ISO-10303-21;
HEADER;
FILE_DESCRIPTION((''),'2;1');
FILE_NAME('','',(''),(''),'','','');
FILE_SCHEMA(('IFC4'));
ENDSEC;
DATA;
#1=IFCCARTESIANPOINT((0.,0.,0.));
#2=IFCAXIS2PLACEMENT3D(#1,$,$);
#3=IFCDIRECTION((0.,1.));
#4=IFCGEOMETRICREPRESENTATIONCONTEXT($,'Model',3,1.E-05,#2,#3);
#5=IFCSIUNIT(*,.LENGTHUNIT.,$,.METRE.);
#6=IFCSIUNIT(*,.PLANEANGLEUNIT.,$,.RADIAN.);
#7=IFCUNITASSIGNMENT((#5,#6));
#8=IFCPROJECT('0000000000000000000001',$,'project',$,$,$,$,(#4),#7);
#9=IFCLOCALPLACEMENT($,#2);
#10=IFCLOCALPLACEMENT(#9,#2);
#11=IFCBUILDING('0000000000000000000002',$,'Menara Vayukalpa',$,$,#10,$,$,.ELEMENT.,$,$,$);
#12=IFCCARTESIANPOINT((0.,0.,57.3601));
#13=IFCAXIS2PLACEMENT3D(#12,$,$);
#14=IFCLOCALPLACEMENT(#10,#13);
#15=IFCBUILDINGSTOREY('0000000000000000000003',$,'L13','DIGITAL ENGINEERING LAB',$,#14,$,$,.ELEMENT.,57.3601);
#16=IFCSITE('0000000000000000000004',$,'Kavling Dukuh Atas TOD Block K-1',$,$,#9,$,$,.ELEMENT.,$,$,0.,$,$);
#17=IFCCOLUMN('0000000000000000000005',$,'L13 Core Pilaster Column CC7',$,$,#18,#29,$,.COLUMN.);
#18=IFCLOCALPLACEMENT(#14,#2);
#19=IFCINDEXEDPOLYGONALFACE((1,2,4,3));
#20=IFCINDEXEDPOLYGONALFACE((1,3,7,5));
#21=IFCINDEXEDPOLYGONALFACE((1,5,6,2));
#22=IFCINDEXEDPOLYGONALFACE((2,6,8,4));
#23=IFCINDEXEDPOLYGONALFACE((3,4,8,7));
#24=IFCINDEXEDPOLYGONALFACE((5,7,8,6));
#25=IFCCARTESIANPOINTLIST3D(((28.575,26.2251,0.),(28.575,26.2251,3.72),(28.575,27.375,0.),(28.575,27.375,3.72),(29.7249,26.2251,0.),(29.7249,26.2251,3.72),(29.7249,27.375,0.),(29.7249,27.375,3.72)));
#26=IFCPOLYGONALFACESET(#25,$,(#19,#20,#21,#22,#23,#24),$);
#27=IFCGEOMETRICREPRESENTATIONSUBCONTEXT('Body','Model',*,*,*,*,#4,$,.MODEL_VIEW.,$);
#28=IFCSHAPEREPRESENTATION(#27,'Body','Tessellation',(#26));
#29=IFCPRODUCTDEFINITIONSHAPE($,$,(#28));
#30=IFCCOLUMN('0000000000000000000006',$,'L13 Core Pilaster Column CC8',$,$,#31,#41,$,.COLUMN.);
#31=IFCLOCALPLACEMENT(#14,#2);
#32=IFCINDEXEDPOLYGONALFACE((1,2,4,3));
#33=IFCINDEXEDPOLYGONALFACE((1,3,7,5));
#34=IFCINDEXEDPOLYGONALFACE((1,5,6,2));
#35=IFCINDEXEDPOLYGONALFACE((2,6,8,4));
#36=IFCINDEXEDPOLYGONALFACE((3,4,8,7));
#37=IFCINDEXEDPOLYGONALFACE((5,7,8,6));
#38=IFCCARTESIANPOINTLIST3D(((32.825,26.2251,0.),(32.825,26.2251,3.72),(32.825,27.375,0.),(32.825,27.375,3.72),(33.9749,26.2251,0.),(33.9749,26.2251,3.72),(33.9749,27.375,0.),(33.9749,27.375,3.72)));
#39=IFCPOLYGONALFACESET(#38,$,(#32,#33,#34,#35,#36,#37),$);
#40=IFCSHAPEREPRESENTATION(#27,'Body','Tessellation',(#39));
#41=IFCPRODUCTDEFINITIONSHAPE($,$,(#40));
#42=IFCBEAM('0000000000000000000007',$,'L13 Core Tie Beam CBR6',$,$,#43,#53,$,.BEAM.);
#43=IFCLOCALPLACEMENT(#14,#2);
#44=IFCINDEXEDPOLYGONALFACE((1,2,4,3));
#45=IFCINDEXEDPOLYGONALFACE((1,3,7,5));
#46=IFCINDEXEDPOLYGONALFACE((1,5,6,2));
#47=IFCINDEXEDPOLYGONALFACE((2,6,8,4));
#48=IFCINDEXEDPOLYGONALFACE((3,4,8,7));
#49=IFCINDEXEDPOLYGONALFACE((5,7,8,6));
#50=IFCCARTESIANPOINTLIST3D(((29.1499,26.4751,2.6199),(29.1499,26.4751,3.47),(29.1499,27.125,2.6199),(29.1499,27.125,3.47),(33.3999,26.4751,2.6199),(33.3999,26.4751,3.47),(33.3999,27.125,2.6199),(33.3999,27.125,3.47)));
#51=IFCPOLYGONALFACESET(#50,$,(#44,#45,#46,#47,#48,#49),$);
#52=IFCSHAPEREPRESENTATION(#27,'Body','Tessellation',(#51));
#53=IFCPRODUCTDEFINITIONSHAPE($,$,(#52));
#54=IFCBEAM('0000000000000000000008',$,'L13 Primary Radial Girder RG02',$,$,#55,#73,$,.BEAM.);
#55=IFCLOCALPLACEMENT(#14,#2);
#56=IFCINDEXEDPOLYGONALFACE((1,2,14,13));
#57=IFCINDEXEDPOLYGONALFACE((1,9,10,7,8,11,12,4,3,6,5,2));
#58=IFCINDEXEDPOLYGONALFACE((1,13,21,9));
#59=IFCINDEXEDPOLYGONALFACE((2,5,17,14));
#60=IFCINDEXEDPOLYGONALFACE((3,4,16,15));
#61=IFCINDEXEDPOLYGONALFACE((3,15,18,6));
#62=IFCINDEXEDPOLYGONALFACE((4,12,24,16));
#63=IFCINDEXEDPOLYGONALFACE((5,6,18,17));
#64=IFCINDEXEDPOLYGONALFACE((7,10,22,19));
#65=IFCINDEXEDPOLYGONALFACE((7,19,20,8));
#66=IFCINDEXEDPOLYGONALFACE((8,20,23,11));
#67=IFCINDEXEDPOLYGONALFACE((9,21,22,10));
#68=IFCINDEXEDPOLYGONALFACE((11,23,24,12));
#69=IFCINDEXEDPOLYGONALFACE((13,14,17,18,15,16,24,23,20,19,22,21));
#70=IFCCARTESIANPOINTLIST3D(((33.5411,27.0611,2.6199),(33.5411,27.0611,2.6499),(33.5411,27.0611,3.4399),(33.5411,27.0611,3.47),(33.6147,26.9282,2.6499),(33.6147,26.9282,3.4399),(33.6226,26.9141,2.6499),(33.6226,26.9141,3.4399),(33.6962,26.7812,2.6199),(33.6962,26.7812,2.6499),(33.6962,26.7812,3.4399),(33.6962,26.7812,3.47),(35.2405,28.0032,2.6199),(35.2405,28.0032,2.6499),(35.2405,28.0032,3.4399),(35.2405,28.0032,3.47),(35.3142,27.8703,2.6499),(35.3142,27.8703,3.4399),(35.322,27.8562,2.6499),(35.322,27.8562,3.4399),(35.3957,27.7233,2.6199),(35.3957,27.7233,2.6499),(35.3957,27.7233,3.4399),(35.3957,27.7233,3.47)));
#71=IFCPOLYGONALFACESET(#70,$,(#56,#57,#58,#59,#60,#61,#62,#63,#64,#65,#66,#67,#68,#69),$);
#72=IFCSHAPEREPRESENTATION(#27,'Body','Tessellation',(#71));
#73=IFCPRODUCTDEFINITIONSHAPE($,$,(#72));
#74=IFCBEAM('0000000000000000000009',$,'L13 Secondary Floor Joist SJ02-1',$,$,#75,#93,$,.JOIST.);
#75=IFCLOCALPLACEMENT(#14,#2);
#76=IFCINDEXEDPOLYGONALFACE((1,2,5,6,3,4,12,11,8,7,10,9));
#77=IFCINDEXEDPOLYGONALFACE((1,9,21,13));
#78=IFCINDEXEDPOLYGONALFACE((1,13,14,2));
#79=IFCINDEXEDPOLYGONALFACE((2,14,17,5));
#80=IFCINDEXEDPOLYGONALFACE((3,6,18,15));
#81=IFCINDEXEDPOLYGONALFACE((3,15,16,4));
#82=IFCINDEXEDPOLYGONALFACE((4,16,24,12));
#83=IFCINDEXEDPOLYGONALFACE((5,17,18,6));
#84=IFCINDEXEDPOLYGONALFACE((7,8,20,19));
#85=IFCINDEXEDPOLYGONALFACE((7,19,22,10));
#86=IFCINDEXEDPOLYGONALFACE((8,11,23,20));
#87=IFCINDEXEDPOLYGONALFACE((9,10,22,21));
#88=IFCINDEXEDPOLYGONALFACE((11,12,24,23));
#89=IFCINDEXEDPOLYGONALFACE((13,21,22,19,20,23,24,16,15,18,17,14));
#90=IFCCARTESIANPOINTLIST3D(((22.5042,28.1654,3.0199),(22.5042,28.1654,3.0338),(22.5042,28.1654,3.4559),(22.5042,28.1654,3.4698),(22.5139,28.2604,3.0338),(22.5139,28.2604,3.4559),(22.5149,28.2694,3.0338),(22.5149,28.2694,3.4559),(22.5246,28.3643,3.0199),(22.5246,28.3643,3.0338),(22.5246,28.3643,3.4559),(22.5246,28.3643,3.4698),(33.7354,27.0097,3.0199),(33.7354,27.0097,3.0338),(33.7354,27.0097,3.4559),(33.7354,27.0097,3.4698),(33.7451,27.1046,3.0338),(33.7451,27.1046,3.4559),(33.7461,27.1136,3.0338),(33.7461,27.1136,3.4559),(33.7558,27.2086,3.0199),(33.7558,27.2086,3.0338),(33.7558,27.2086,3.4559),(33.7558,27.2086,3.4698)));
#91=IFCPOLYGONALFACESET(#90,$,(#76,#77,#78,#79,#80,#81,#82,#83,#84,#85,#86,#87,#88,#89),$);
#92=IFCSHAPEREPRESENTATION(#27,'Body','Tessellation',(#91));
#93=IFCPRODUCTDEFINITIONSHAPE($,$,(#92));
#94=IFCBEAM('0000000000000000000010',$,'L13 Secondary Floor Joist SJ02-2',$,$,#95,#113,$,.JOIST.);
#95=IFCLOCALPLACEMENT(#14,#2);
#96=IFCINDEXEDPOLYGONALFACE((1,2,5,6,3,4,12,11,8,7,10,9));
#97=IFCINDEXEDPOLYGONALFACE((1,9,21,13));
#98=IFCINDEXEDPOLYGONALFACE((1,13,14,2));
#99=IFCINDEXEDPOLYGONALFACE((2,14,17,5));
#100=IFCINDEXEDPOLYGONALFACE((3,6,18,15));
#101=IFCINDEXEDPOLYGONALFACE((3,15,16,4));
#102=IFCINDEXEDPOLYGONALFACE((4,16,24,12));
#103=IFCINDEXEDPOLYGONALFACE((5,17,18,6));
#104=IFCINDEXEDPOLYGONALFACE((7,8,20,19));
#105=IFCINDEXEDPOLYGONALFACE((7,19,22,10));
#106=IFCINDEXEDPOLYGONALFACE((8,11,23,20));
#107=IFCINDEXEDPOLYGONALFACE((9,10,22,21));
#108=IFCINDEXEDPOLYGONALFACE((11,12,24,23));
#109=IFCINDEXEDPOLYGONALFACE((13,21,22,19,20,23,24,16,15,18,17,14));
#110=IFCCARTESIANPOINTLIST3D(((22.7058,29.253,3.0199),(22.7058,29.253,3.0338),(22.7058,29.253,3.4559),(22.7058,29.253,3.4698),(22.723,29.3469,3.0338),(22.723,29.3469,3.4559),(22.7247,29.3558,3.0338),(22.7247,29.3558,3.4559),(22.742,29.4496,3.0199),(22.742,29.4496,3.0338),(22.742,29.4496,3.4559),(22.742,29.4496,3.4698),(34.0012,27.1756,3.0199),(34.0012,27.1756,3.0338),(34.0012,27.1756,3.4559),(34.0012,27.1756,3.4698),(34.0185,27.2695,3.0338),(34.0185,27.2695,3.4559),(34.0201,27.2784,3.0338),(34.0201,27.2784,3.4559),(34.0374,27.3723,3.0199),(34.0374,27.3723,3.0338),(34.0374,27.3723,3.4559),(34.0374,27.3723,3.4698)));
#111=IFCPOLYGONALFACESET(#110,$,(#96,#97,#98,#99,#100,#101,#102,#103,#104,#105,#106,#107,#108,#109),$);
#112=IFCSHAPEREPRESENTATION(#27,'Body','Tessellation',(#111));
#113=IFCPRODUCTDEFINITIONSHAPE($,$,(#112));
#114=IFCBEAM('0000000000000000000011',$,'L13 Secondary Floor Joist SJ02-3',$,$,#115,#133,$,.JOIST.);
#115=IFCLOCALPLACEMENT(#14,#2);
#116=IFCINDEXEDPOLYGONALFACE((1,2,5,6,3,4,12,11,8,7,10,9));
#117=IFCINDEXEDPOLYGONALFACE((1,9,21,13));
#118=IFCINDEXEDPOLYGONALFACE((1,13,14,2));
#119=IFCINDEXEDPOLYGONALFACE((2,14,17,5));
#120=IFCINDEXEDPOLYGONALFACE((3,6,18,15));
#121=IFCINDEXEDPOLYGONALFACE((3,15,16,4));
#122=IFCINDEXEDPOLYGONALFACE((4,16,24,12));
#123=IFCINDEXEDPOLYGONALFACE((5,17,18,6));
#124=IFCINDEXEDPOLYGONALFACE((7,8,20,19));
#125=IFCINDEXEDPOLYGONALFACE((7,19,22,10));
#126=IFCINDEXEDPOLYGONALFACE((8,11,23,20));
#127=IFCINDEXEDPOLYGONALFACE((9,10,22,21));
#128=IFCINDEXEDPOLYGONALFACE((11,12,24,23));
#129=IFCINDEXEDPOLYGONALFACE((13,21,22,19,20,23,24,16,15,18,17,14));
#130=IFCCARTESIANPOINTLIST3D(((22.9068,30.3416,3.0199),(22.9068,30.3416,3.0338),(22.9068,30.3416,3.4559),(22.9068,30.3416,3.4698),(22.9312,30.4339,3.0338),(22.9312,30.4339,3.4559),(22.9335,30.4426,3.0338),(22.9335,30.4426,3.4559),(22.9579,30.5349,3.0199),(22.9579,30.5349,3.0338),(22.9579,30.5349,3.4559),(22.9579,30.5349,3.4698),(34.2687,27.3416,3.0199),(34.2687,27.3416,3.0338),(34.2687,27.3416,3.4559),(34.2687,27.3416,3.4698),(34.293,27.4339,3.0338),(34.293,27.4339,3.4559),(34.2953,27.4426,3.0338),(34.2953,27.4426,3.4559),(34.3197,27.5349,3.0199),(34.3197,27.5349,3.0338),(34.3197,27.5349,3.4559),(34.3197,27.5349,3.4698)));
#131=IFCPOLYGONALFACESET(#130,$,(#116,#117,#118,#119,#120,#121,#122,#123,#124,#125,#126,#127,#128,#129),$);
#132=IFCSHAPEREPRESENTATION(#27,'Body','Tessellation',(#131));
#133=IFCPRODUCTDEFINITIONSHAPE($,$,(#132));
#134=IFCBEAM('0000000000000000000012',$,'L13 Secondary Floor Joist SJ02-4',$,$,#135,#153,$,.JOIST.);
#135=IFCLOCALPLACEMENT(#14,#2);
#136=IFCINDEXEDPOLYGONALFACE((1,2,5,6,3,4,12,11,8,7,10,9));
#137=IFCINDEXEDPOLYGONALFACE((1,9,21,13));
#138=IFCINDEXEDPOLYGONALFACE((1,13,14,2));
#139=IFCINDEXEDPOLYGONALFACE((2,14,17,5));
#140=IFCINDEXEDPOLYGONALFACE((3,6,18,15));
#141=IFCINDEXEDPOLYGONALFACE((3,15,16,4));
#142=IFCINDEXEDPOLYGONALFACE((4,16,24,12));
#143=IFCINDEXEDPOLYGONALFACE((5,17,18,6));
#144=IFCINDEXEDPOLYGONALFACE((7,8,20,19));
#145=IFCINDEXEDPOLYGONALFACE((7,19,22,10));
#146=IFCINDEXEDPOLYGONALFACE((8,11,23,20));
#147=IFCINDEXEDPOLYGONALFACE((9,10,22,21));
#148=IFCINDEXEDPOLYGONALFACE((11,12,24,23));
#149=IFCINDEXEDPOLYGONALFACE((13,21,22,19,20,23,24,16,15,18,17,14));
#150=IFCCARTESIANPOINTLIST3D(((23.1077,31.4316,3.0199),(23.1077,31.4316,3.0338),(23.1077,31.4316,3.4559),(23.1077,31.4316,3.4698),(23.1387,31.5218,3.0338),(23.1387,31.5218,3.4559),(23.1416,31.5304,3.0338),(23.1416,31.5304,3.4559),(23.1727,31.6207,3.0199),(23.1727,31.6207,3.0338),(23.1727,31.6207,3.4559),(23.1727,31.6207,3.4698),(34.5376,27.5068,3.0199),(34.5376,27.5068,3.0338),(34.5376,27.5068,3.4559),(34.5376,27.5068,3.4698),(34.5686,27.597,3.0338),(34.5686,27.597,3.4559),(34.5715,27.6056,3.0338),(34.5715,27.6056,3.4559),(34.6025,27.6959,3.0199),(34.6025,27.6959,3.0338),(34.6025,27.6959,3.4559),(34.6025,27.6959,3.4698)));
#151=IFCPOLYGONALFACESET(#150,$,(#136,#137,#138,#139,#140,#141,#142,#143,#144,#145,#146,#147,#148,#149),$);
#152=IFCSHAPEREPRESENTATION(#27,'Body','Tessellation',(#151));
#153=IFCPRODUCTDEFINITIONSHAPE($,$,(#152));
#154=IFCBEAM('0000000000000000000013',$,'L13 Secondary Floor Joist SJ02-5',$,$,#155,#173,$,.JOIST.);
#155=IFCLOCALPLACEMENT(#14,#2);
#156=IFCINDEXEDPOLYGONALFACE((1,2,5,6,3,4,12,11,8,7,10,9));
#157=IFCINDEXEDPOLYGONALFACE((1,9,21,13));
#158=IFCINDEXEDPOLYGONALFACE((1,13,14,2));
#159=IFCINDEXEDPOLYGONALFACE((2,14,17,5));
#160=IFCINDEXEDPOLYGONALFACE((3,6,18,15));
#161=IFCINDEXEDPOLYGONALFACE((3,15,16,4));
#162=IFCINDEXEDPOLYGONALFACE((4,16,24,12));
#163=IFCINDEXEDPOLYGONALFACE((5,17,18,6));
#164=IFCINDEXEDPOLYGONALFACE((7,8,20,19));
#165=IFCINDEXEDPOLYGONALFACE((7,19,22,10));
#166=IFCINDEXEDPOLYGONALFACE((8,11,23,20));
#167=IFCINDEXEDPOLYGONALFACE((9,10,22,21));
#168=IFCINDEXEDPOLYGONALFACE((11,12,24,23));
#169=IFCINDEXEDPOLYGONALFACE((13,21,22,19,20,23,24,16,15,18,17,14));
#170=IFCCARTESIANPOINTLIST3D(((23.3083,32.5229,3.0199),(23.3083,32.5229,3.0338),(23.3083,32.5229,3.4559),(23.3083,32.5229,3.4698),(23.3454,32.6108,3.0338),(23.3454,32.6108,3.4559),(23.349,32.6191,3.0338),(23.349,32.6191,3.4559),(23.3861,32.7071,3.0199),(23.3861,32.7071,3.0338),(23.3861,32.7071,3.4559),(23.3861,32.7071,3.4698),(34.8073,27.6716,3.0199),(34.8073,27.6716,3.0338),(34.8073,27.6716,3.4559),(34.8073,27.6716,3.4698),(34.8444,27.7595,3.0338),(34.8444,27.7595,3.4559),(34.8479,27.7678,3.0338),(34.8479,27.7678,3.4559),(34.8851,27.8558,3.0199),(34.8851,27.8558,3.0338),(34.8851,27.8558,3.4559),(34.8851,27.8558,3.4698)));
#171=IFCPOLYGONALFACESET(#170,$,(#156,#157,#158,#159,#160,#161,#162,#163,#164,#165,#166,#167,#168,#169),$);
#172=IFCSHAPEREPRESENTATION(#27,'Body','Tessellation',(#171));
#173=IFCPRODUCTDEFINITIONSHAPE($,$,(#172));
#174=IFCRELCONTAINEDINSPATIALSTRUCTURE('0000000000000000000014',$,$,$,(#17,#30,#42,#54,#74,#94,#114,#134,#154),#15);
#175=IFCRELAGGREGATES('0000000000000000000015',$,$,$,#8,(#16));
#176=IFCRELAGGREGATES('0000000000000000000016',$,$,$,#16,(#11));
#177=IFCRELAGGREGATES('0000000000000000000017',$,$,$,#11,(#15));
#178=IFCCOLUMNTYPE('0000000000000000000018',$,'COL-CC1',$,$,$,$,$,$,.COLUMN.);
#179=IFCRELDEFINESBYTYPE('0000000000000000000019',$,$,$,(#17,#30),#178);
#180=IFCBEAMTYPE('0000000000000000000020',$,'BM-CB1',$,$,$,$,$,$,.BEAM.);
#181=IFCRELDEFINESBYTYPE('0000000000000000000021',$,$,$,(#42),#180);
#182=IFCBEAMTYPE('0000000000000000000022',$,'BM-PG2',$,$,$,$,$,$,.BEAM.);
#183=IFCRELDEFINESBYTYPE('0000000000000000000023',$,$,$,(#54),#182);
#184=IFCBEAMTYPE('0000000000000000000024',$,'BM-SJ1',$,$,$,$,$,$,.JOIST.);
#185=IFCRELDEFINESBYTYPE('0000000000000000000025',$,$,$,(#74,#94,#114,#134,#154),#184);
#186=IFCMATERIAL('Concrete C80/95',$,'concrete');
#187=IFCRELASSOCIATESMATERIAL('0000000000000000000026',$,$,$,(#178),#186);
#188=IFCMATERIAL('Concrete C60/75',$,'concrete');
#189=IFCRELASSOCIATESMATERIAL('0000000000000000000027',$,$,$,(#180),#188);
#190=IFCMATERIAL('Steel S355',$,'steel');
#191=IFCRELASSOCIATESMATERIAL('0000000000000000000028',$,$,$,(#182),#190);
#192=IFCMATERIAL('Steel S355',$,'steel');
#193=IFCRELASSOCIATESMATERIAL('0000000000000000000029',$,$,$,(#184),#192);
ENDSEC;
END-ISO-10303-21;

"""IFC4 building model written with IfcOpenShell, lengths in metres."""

from ifc_helpers import new_model, si_unit, direction, frame, origin, origin_2d, place, context, subcontext, project, spatial, rectangle, i_section, extrude, material, material_profile, profile_set, type_object, element, save


model = new_model("IFC4")

# Units and contexts
model_context = context("Model", 3, precision=1e-05, world=origin(), true_north=direction((0.0, 1.0)))
body_context = subcontext(model_context, "Body", "Model", "MODEL_VIEW")
ifc_project = project(units=[si_unit("LENGTHUNIT", "METRE"), si_unit("PLANEANGLEUNIT", "RADIAN")], contexts=[model_context])

# Site, building, storey
site_placement = place(None, origin())
site = spatial("IfcSite", under=ifc_project, at=site_placement, Name="Kavling Dukuh Atas TOD Block K-1", CompositionType="ELEMENT", RefElevation=0.0)
building_placement = place(site_placement, origin())
building = spatial("IfcBuilding", under=site, at=building_placement, Name="Menara Vayukalpa", CompositionType="ELEMENT")
storey_placement = place(building_placement, frame((0.0, 0.0, 57.3601)))
storey = spatial("IfcBuildingStorey", under=building, at=storey_placement, Name="L13", Description="DIGITAL ENGINEERING LAB", CompositionType="ELEMENT", Elevation=57.3601)

# Columns
ifc_material_1 = material(Name="Concrete C80/95", Category="concrete")
ifc_material_profile_1 = material_profile(ifc_material_1, rectangle(XDim=1.1499, YDim=1.1499, at=origin_2d()), Name="RC 1150x1150")
ifc_profile_set_1 = profile_set([ifc_material_profile_1], Name="Concrete C80/95")
column_type = type_object("IfcColumnType", Name="COL-CC1", PredefinedType="COLUMN", material=ifc_profile_set_1)
for number, where, z_axis, x_axis, name in (
    (1, (29.1499, 26.8, 0.0), (0.0, 0.0, 1.0), (1.0, 0.0, 0.0), "L13 Core Pilaster Column CC7"),
    (2, (33.3999, 26.8, 0.0), (0.0, 0.0, 1.0), (1.0, 0.0, 0.0), "L13 Core Pilaster Column CC8"),
):
    element("IfcColumn", number, at=place(storey_placement, frame(where, z_axis=z_axis, x_axis=x_axis)), inside=storey, type_object=column_type, Name=name, PredefinedType="COLUMN", context=body_context, shape_type="SweptSolid", body=[
        extrude(rectangle(XDim=1.1499, YDim=1.1499, at=origin_2d()), origin(), (0.0, 0.0, 1.0), 3.72),
    ])

# Beams
ifc_material_2 = material(Name="Concrete C60/75", Category="concrete")
ifc_material_profile_2 = material_profile(ifc_material_2, rectangle(XDim=0.6499, YDim=0.8501, at=origin_2d()), Name="RC 650x850")
ifc_profile_set_2 = profile_set([ifc_material_profile_2], Name="Concrete C60/75")
beam_type_1 = type_object("IfcBeamType", Name="BM-CB1", PredefinedType="BEAM", material=ifc_profile_set_2)
beam_1_placement = place(storey_placement, frame((29.1499, 26.8, 3.0449), z_axis=(1.0, 0.0, 0.0), x_axis=(0.0, 1.0, 0.0)))
element("IfcBeam", 3, at=beam_1_placement, inside=storey, type_object=beam_type_1, Name="L13 Core Tie Beam CBR6", PredefinedType="BEAM", context=body_context, shape_type="SweptSolid", body=[
    extrude(rectangle(XDim=0.6499, YDim=0.8501, at=origin_2d()), origin(), (0.0, 0.0, 1.0), 4.25),
])
ifc_material_3 = material(Name="Steel S355", Category="steel")
ifc_material_profile_3 = material_profile(ifc_material_3, i_section(OverallWidth=0.3201, OverallDepth=0.8501, WebThickness=0.0161, FlangeThickness=0.03, at=origin_2d()), Name="WF 850x320x16x30")
ifc_profile_set_3 = profile_set([ifc_material_profile_3], Name="Steel S355")
beam_type_2 = type_object("IfcBeamType", Name="BM-PG2", PredefinedType="BEAM", material=ifc_profile_set_3)
beam_2_placement = place(storey_placement, frame((33.6187, 26.9211, 3.0449), z_axis=(0.874595, 0.484853, 0.0), x_axis=(-0.484853, 0.874595, 0.0)))
element("IfcBeam", 4, at=beam_2_placement, inside=storey, type_object=beam_type_2, Name="L13 Primary Radial Girder RG02", PredefinedType="BEAM", context=body_context, shape_type="SweptSolid", body=[
    extrude(i_section(OverallWidth=0.3201, OverallDepth=0.8501, WebThickness=0.0161, FlangeThickness=0.03, at=origin_2d()), origin(), (0.0, 0.0, 1.0), 1.9431),
])
ifc_material_4 = material(Name="Steel S355", Category="steel")
ifc_material_profile_4 = material_profile(ifc_material_4, i_section(OverallWidth=0.2, OverallDepth=0.45, WebThickness=0.009, FlangeThickness=0.0139, at=origin_2d()), Name="WF 450x200x9x14")
ifc_profile_set_4 = profile_set([ifc_material_profile_4], Name="Steel S355")
beam_type_3 = type_object("IfcBeamType", Name="BM-SJ1", PredefinedType="JOIST", material=ifc_profile_set_4)
beam_3_placement = place(storey_placement, frame((33.7456, 27.1091, 3.2449), z_axis=(-0.994747, 0.102366, 0.0), x_axis=(-0.102366, -0.994747, 0.0)))
element("IfcBeam", 5, at=beam_3_placement, inside=storey, type_object=beam_type_3, Name="L13 Secondary Floor Joist SJ02-1", PredefinedType="JOIST", context=body_context, shape_type="SweptSolid", body=[
    extrude(i_section(OverallWidth=0.2, OverallDepth=0.45, WebThickness=0.009, FlangeThickness=0.0139, at=origin_2d()), origin(), (0.0, 0.0, 1.0), 11.2905),
])
beam_4_placement = place(storey_placement, frame((34.0193, 27.2739, 3.2449), z_axis=(-0.983505, 0.180881, 0.0), x_axis=(-0.180881, -0.983505, 0.0)))
element("IfcBeam", 6, at=beam_4_placement, inside=storey, type_object=beam_type_3, Name="L13 Secondary Floor Joist SJ02-2", PredefinedType="JOIST", context=body_context, shape_type="SweptSolid", body=[
    extrude(i_section(OverallWidth=0.2, OverallDepth=0.45, WebThickness=0.009, FlangeThickness=0.0139, at=origin_2d()), origin(), (0.0, 0.0, 1.0), 11.4849),
])
beam_5_placement = place(storey_placement, frame((34.2942, 27.4382, 3.2449), z_axis=(-0.966864, 0.255293, 0.0), x_axis=(-0.255293, -0.966864, 0.0)))
element("IfcBeam", 7, at=beam_5_placement, inside=storey, type_object=beam_type_3, Name="L13 Secondary Floor Joist SJ02-3", PredefinedType="JOIST", context=body_context, shape_type="SweptSolid", body=[
    extrude(i_section(OverallWidth=0.2, OverallDepth=0.45, WebThickness=0.009, FlangeThickness=0.0139, at=origin_2d()), origin(), (0.0, 0.0, 1.0), 11.7512),
])
beam_6_placement = place(storey_placement, frame((34.5701, 27.6013, 3.2449), z_axis=(-0.945794, 0.324766, 0.0), x_axis=(-0.324766, -0.945794, 0.0)))
element("IfcBeam", 8, at=beam_6_placement, inside=storey, type_object=beam_type_3, Name="L13 Secondary Floor Joist SJ02-4", PredefinedType="JOIST", context=body_context, shape_type="SweptSolid", body=[
    extrude(i_section(OverallWidth=0.2, OverallDepth=0.45, WebThickness=0.009, FlangeThickness=0.0139, at=origin_2d()), origin(), (0.0, 0.0, 1.0), 12.085),
])
beam_7_placement = place(storey_placement, frame((34.8462, 27.7637, 3.2449), z_axis=(-0.921359, 0.388712, 0.0), x_axis=(-0.388712, -0.921359, 0.0)))
element("IfcBeam", 9, at=beam_7_placement, inside=storey, type_object=beam_type_3, Name="L13 Secondary Floor Joist SJ02-5", PredefinedType="JOIST", context=body_context, shape_type="SweptSolid", body=[
    extrude(i_section(OverallWidth=0.2, OverallDepth=0.45, WebThickness=0.009, FlangeThickness=0.0139, at=origin_2d()), origin(), (0.0, 0.0, 1.0), 12.4805),
])

save(model, "model.ifc")
